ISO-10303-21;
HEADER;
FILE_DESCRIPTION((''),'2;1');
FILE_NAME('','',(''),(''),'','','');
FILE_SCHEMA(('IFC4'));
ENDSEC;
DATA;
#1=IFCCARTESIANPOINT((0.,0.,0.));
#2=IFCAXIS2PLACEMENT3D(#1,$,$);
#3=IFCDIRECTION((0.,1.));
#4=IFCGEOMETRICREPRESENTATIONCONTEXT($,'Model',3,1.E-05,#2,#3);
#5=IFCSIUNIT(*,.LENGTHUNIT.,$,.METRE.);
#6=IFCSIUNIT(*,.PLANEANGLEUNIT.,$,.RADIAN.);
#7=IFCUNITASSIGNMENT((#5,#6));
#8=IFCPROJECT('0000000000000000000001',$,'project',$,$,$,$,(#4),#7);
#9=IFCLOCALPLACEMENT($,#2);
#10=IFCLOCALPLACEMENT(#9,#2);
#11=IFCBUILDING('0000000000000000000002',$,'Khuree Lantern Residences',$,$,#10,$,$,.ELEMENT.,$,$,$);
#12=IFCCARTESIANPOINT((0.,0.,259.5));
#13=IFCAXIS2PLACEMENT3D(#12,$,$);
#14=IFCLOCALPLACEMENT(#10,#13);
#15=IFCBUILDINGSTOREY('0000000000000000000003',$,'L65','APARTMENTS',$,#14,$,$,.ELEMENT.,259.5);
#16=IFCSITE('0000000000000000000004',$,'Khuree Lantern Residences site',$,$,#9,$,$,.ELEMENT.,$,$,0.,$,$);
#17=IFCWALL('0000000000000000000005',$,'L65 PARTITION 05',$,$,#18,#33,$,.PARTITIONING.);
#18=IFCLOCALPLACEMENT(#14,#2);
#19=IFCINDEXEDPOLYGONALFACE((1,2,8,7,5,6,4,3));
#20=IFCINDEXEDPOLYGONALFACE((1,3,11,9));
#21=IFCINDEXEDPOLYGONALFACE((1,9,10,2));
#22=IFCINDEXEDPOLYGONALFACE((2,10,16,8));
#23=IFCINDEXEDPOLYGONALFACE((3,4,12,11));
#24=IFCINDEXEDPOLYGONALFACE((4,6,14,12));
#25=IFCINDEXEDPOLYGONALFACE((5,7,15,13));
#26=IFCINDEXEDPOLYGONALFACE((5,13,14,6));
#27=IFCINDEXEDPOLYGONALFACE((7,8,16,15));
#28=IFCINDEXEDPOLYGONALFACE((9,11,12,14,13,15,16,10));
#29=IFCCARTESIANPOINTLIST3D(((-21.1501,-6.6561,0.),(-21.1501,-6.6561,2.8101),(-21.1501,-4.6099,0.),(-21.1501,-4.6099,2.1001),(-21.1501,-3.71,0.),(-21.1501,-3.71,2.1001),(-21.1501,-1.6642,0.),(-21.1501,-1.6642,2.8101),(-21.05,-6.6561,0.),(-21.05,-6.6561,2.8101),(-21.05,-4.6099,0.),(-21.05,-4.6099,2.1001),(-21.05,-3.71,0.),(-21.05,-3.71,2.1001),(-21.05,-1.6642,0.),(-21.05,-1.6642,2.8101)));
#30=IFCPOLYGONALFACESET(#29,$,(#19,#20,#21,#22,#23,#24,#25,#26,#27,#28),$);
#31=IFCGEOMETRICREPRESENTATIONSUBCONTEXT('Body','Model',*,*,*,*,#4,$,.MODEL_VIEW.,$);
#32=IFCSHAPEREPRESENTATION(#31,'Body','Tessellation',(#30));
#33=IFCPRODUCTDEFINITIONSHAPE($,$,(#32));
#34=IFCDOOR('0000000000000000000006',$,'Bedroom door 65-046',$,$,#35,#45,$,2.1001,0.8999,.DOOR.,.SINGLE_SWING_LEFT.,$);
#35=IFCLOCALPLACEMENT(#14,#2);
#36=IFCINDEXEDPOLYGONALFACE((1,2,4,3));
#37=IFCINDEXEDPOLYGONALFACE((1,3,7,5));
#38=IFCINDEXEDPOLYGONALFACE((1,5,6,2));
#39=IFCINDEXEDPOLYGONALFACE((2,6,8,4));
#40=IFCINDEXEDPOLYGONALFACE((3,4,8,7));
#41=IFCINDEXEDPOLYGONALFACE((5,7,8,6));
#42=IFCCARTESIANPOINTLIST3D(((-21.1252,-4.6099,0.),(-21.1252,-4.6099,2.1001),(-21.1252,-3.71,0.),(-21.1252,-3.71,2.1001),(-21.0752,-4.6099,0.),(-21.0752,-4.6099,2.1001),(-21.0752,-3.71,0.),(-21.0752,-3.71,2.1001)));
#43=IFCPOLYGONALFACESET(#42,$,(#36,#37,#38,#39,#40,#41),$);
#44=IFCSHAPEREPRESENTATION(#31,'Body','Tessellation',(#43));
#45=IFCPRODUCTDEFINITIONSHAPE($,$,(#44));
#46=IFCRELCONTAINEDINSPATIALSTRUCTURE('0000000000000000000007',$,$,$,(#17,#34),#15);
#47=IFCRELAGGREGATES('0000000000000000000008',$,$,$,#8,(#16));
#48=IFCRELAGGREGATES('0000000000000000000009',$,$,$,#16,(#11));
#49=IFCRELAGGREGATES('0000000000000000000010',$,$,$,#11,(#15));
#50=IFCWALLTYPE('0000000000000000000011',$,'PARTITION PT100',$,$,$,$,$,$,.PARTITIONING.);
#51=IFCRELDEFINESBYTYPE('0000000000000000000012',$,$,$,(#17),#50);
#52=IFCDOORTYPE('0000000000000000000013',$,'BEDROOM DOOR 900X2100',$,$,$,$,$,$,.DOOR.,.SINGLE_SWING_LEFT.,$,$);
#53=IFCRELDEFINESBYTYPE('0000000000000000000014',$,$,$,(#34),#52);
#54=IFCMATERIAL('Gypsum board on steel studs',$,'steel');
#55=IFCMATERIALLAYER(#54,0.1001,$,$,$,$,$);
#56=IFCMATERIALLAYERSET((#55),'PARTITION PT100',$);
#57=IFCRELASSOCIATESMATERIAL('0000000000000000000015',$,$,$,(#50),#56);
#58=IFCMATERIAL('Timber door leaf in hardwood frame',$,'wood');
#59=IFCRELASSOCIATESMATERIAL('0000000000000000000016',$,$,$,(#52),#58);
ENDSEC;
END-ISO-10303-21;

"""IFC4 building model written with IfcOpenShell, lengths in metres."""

from ifc_helpers import new_model, si_unit, direction, frame, frame_2d, origin, place, context, subcontext, project, spatial, rectangle, extrude, material, layer, layer_set, type_object, element, fill, save


model = new_model("IFC4")

# Units and contexts
model_context = context("Model", 3, precision=1e-05, world=origin(), true_north=direction((0.0, 1.0)))
body_context = subcontext(model_context, "Body", "Model", "MODEL_VIEW")
ifc_project = project(units=[si_unit("LENGTHUNIT", "METRE"), si_unit("PLANEANGLEUNIT", "RADIAN")], contexts=[model_context])

# Site, building, storey
site_placement = place(None, origin())
site = spatial("IfcSite", under=ifc_project, at=site_placement, Name="Khuree Lantern Residences site", CompositionType="ELEMENT", RefElevation=0.0)
building_placement = place(site_placement, origin())
building = spatial("IfcBuilding", under=site, at=building_placement, Name="Khuree Lantern Residences", CompositionType="ELEMENT")
storey_placement = place(building_placement, frame((0.0, 0.0, 259.5)))
storey = spatial("IfcBuildingStorey", under=building, at=storey_placement, Name="L65", Description="APARTMENTS", CompositionType="ELEMENT", Elevation=259.5)

# Shared definitions
ifc_material_1 = material(Name="Gypsum board on steel studs", Category="steel")
ifc_layer_1 = layer(ifc_material_1, 0.1001)
ifc_layer_set_1 = layer_set([ifc_layer_1], Name="PARTITION PT100")
wall_type = type_object("IfcWallType", Name="PARTITION PT100", PredefinedType="PARTITIONING", material=ifc_layer_set_1)

# Wall, opening, door
ifc_material_2 = material(Name="Timber door leaf in hardwood frame", Category="wood")
door_type = type_object("IfcDoorType", Name="BEDROOM DOOR 900X2100", OperationType="SINGLE_SWING_LEFT", PredefinedType="DOOR", material=ifc_material_2)
wall_1_placement = place(storey_placement, frame((-21.1001, -1.6641, 0.0), z_axis=(0.0, 0.0, 1.0), x_axis=(0.0, -1.0, 0.0)))
wall_1 = element("IfcWall", 1, at=wall_1_placement, inside=storey, type_object=wall_type, Name="L65 PARTITION 05", PredefinedType="PARTITIONING", context=body_context, shape_type="SweptSolid", body=[
    extrude(rectangle(XDim=4.9919, YDim=0.1001, at=frame_2d((2.4961, 0.0))), origin(), (0.0, 0.0, 1.0), 2.8101),
])
opening_1_placement = place(wall_1_placement, frame((2.0459, 0.0, 0.0)))
opening_1 = element("IfcOpeningElement", 2, at=opening_1_placement, cuts=wall_1, PredefinedType="OPENING", context=body_context, shape_type="SweptSolid", body=[
    extrude(rectangle(XDim=0.8999, YDim=2.1001, at=frame_2d((0.45, 1.05))), frame((0.0, 0.0601, 0.0), z_axis=(0.0, -1.0, 0.0), x_axis=(1.0, 0.0, 0.0)), (0.0, 0.0, 1.0), 0.1201),
])
door_1_placement = place(opening_1_placement, origin())
door_1 = element("IfcDoor", 3, at=door_1_placement, inside=storey, type_object=door_type, Name="Bedroom door 65-046", OperationType="SINGLE_SWING_LEFT", OverallHeight=2.1001, OverallWidth=0.8999, PredefinedType="DOOR", context=body_context, shape_type="SweptSolid", body=[
    extrude(rectangle(XDim=0.8999, YDim=2.1001, at=frame_2d((0.45, 1.05))), frame((0.0, 0.0249, 0.0), z_axis=(0.0, -1.0, 0.0), x_axis=(1.0, 0.0, 0.0)), (0.0, 0.0, 1.0), 0.05),
])
fill(opening_1, door_1)

save(model, "model.ifc")
